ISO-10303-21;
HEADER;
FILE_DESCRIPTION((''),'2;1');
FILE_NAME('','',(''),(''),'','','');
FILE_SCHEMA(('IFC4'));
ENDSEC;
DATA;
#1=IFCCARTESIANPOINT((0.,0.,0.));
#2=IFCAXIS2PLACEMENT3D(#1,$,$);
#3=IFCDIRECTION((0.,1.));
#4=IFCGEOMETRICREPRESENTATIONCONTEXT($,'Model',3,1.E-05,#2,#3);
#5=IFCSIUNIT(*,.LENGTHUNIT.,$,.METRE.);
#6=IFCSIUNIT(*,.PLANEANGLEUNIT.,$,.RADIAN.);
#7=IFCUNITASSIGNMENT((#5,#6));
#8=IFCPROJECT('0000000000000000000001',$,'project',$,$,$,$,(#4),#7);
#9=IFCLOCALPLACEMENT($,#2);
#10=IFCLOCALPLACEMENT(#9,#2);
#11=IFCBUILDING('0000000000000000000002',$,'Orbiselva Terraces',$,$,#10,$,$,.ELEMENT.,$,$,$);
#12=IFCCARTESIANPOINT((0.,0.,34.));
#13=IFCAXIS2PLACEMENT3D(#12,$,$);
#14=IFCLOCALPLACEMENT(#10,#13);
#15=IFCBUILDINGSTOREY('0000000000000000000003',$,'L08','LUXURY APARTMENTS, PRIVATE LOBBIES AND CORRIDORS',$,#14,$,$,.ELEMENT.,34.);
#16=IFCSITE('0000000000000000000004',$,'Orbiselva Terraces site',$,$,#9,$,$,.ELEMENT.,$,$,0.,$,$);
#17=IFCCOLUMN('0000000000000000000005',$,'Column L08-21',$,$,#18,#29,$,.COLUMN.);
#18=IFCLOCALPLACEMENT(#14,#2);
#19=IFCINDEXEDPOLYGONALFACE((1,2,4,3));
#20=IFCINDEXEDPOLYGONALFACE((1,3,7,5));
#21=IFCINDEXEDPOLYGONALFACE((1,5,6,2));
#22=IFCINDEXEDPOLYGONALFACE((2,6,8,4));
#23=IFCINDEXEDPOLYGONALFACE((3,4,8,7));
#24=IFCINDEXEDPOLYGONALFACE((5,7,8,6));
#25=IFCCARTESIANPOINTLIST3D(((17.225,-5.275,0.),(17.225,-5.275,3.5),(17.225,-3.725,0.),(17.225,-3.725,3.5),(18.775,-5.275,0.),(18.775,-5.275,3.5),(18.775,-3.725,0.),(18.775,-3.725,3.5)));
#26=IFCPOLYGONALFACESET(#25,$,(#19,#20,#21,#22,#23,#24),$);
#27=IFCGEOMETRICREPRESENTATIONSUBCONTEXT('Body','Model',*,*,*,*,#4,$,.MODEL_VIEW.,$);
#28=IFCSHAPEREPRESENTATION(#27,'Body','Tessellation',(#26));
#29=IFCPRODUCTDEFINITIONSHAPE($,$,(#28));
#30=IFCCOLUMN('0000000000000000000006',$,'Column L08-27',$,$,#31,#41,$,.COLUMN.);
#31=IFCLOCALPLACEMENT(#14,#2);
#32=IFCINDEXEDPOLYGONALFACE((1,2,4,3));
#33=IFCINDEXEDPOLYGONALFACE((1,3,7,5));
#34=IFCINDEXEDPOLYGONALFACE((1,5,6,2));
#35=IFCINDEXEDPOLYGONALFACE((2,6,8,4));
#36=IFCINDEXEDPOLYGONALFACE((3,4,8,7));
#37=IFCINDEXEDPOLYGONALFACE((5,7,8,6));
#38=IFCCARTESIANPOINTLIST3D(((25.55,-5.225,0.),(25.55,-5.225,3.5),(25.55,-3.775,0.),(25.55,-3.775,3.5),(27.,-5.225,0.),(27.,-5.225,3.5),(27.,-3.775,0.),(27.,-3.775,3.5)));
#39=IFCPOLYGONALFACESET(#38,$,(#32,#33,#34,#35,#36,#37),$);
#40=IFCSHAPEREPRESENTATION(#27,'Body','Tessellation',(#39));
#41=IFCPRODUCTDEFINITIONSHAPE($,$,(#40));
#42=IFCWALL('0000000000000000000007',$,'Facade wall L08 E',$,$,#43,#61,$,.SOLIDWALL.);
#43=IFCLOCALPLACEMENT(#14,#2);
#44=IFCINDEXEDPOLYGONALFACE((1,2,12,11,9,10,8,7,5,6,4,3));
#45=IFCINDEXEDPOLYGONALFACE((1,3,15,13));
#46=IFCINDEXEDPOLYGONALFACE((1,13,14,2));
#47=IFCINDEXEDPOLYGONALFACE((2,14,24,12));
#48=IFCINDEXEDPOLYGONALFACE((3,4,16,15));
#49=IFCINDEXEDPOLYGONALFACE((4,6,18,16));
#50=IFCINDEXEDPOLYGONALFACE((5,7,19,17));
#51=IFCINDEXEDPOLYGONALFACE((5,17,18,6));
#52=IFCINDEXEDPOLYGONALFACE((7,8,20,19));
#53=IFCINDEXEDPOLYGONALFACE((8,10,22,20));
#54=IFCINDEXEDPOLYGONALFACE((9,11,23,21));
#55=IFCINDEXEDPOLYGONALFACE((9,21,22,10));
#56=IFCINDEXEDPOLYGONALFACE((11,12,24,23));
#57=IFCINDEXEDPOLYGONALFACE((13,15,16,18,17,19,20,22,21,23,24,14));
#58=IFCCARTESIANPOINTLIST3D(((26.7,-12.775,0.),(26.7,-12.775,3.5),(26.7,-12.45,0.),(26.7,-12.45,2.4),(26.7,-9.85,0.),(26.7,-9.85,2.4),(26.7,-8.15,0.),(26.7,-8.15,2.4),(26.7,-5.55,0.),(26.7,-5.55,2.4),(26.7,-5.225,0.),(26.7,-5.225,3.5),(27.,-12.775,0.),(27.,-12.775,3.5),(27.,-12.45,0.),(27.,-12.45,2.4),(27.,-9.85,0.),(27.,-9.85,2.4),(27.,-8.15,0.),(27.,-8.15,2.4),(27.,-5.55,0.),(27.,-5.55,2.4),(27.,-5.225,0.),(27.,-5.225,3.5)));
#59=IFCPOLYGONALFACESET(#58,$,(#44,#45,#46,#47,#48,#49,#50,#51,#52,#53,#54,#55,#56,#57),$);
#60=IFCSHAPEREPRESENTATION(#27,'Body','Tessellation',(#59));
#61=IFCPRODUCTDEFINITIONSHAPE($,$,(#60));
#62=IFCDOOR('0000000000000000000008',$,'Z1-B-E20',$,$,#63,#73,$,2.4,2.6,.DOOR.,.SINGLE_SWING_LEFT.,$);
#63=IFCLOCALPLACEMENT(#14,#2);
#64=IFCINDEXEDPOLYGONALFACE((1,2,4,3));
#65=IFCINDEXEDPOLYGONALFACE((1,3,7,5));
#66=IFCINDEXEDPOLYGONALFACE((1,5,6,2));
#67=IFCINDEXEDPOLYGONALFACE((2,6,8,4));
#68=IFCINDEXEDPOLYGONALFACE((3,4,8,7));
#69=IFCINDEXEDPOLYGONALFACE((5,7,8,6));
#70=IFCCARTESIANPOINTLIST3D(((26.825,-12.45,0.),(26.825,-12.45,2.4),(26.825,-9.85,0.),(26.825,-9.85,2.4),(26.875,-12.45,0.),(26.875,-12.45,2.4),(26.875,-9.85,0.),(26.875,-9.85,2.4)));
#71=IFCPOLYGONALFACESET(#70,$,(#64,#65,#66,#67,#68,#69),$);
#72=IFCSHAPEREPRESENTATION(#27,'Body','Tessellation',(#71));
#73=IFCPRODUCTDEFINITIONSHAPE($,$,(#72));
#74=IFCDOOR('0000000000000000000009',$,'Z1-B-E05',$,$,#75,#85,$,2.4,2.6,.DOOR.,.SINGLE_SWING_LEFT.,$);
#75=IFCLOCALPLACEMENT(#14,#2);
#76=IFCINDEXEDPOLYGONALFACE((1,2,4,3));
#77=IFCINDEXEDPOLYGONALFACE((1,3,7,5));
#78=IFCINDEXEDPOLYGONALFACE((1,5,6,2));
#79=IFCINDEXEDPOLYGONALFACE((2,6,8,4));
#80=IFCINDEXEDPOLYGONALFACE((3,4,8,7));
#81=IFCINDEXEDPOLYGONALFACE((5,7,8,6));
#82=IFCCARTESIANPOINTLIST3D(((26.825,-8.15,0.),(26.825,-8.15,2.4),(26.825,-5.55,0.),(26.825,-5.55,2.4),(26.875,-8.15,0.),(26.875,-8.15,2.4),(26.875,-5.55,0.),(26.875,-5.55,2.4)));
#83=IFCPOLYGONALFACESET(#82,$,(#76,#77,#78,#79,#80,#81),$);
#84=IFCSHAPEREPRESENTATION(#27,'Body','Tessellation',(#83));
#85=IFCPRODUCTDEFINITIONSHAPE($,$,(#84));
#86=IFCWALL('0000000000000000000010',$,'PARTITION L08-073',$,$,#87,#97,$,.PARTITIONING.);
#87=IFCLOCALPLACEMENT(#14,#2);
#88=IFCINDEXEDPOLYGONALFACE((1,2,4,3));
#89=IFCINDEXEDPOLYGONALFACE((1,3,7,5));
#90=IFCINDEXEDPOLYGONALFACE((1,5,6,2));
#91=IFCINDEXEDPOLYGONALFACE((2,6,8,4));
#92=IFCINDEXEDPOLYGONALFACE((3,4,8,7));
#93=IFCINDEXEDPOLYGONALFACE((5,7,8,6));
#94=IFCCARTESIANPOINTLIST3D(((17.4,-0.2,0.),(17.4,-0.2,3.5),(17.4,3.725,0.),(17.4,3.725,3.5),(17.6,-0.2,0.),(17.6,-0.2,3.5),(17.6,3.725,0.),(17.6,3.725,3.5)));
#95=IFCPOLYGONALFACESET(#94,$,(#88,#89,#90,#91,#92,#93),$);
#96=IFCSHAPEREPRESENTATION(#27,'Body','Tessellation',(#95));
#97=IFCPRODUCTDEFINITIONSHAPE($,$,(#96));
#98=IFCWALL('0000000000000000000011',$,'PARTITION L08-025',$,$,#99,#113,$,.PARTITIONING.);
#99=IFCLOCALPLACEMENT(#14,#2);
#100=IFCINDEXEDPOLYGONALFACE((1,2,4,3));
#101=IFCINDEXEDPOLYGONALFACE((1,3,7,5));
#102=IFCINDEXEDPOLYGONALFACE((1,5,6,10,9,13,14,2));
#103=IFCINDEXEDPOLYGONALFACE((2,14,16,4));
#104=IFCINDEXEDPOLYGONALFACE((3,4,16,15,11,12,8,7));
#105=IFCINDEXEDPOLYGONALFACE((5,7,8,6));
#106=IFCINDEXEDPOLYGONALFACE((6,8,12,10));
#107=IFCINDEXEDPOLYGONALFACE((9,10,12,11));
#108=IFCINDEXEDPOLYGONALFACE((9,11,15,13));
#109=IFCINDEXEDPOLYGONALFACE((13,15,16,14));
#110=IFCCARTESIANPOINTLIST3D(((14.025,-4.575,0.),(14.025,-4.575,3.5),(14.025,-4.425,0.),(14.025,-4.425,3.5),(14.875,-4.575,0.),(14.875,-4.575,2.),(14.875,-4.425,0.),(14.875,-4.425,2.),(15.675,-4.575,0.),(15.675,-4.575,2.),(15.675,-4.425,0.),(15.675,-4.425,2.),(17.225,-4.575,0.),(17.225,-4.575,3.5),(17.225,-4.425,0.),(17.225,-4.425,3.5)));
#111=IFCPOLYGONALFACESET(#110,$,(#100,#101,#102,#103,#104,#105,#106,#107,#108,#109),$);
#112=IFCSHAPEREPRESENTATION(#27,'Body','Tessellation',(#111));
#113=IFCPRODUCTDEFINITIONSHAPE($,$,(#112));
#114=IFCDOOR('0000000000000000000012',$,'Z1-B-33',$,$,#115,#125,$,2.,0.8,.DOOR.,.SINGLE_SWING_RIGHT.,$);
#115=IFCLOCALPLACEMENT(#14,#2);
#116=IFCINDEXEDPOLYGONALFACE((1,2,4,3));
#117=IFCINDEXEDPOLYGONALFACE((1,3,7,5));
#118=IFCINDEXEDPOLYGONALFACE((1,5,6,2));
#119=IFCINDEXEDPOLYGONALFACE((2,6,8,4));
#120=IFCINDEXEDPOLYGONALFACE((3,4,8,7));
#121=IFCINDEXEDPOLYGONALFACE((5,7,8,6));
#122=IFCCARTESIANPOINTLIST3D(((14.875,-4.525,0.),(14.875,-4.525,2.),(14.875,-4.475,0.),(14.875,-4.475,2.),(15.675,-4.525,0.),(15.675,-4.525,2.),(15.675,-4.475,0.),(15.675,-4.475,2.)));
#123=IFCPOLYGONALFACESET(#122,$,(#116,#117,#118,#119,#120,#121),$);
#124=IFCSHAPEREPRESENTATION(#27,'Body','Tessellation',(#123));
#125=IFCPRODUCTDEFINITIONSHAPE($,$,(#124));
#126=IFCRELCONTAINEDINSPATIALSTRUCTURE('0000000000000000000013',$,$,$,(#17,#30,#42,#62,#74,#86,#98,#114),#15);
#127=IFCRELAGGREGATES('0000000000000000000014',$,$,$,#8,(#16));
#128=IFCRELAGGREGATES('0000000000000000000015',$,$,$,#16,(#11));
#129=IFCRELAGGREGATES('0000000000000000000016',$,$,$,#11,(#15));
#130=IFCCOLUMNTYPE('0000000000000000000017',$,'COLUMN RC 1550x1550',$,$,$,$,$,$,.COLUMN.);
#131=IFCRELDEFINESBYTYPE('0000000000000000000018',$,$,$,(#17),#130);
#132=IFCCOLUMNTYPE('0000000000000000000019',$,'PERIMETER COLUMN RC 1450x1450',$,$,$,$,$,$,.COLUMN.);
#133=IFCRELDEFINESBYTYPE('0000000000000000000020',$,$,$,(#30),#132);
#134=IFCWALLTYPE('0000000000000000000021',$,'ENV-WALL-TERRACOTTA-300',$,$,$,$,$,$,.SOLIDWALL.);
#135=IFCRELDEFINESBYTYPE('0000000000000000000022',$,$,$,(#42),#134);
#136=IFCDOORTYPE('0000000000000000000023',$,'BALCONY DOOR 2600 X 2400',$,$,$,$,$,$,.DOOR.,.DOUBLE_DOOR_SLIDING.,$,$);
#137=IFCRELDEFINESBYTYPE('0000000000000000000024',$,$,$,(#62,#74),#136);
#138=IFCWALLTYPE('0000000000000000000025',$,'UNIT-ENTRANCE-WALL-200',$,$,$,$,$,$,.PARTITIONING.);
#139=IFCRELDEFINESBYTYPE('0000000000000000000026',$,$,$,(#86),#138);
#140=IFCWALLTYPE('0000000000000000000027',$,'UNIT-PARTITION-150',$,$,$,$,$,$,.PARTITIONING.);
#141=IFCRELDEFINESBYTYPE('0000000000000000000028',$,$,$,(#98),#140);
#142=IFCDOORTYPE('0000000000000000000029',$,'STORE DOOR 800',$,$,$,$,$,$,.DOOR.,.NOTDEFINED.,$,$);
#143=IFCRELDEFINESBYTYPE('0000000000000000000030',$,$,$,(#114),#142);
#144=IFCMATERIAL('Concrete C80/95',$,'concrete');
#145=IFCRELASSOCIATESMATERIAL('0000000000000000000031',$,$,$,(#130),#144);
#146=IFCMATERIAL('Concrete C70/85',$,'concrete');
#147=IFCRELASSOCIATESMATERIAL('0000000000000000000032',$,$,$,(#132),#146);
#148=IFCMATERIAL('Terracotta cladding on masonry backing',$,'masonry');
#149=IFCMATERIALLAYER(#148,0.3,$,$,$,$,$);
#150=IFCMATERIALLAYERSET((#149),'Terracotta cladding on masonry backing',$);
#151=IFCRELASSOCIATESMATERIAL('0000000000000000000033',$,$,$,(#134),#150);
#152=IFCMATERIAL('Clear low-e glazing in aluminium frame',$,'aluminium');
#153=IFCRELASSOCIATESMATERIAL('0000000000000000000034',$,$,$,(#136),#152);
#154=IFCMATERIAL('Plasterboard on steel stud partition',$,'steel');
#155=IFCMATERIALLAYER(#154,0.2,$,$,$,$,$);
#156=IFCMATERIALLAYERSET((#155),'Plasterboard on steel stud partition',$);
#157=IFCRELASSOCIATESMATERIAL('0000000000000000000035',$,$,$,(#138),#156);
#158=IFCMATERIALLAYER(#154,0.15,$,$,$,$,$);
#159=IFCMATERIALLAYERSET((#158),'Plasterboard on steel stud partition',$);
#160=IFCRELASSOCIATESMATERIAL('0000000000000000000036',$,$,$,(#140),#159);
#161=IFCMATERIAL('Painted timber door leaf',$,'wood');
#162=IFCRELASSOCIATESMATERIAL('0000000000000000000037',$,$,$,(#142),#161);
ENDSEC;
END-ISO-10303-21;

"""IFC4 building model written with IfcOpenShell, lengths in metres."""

from ifc_helpers import new_model, si_unit, direction, frame, frame_2d, origin, origin_2d, place, context, subcontext, project, spatial, rectangle, extrude, material, layer, layer_set, material_profile, profile_set, type_object, element, fill, save


model = new_model("IFC4")

# Units and contexts
model_context = context("Model", 3, precision=1e-05, world=origin(), true_north=direction((0.0, 1.0)))
body_context = subcontext(model_context, "Body", "Model", "MODEL_VIEW")
ifc_project = project(units=[si_unit("LENGTHUNIT", "METRE"), si_unit("PLANEANGLEUNIT", "RADIAN")], contexts=[model_context])

# Site, building, storey
site_placement = place(None, origin())
site = spatial("IfcSite", under=ifc_project, at=site_placement, Name="Orbiselva Terraces site", CompositionType="ELEMENT", RefElevation=0.0)
building_placement = place(site_placement, origin())
building = spatial("IfcBuilding", under=site, at=building_placement, Name="Orbiselva Terraces", CompositionType="ELEMENT")
storey_placement = place(building_placement, frame((0.0, 0.0, 34.0)))
storey = spatial("IfcBuildingStorey", under=building, at=storey_placement, Name="L08", Description="LUXURY APARTMENTS, PRIVATE LOBBIES AND CORRIDORS", CompositionType="ELEMENT", Elevation=34.0)

# Columns
ifc_material_1 = material(Name="Concrete C80/95", Category="concrete")
ifc_material_profile_1 = material_profile(ifc_material_1, rectangle(XDim=1.55, YDim=1.55, at=origin_2d()), Name="RC 1550x1550")
ifc_profile_set_1 = profile_set([ifc_material_profile_1], Name="Concrete C80/95")
column_type_1 = type_object("IfcColumnType", Name="COLUMN RC 1550x1550", PredefinedType="COLUMN", material=ifc_profile_set_1)
column_1_placement = place(storey_placement, frame((18.0, -4.5, 0.0), z_axis=(0.0, 0.0, 1.0), x_axis=(1.0, 0.0, 0.0)))
element("IfcColumn", 1, at=column_1_placement, inside=storey, type_object=column_type_1, Name="Column L08-21", PredefinedType="COLUMN", context=body_context, shape_type="SweptSolid", body=[
    extrude(rectangle(XDim=1.55, YDim=1.55, at=origin_2d()), origin(), (0.0, 0.0, 1.0), 3.5),
])
ifc_material_2 = material(Name="Concrete C70/85", Category="concrete")
ifc_material_profile_2 = material_profile(ifc_material_2, rectangle(XDim=1.45, YDim=1.45, at=origin_2d()), Name="RC 1450x1450")
ifc_profile_set_2 = profile_set([ifc_material_profile_2], Name="Concrete C70/85")
column_type_2 = type_object("IfcColumnType", Name="PERIMETER COLUMN RC 1450x1450", PredefinedType="COLUMN", material=ifc_profile_set_2)
column_2_placement = place(storey_placement, frame((26.275, -4.5, 0.0), z_axis=(0.0, 0.0, 1.0), x_axis=(1.0, 0.0, 0.0)))
element("IfcColumn", 2, at=column_2_placement, inside=storey, type_object=column_type_2, Name="Column L08-27", PredefinedType="COLUMN", context=body_context, shape_type="SweptSolid", body=[
    extrude(rectangle(XDim=1.45, YDim=1.45, at=origin_2d()), origin(), (0.0, 0.0, 1.0), 3.5),
])

# Wall, openings, doors
ifc_material_3 = material(Name="Terracotta cladding on masonry backing", Category="masonry")
ifc_layer_1 = layer(ifc_material_3, 0.3)
ifc_layer_set_1 = layer_set([ifc_layer_1], Name="Terracotta cladding on masonry backing")
wall_type_1 = type_object("IfcWallType", Name="ENV-WALL-TERRACOTTA-300", PredefinedType="SOLIDWALL", material=ifc_layer_set_1)
wall_1_placement = place(storey_placement, frame((26.85, -5.225, 0.0), z_axis=(0.0, 0.0, 1.0), x_axis=(0.0, -1.0, 0.0)))
wall_1 = element("IfcWall", 3, at=wall_1_placement, inside=storey, type_object=wall_type_1, Name="Facade wall L08 E", PredefinedType="SOLIDWALL", context=body_context, shape_type="SweptSolid", body=[
    extrude(rectangle(XDim=7.55, YDim=0.3, at=frame_2d((3.775, 0.0))), origin(), (0.0, 0.0, 1.0), 3.5),
])
opening_1_placement = place(wall_1_placement, frame((4.625, 0.0, 0.0)))
opening_1 = element("IfcOpeningElement", 4, at=opening_1_placement, cuts=wall_1, PredefinedType="OPENING", context=body_context, shape_type="SweptSolid", body=[
    extrude(rectangle(XDim=2.6, YDim=2.4, at=frame_2d((1.3, 1.2))), frame((0.0, 0.16, 0.0), z_axis=(0.0, -1.0, 0.0), x_axis=(1.0, 0.0, 0.0)), (0.0, 0.0, 1.0), 0.32),
])
opening_2_placement = place(wall_1_placement, frame((0.325, 0.0, 0.0)))
opening_2 = element("IfcOpeningElement", 5, at=opening_2_placement, cuts=wall_1, PredefinedType="OPENING", context=body_context, shape_type="SweptSolid", body=[
    extrude(rectangle(XDim=2.6, YDim=2.4, at=frame_2d((1.3, 1.2))), frame((0.0, 0.16, 0.0), z_axis=(0.0, -1.0, 0.0), x_axis=(1.0, 0.0, 0.0)), (0.0, 0.0, 1.0), 0.32),
])
ifc_material_4 = material(Name="Clear low-e glazing in aluminium frame", Category="aluminium")
door_type_1 = type_object("IfcDoorType", Name="BALCONY DOOR 2600 X 2400", OperationType="DOUBLE_DOOR_SLIDING", PredefinedType="DOOR", material=ifc_material_4)
door_1_placement = place(opening_1_placement, origin())
door_1 = element("IfcDoor", 6, at=door_1_placement, inside=storey, type_object=door_type_1, Name="Z1-B-E20", OperationType="SINGLE_SWING_LEFT", OverallHeight=2.4, OverallWidth=2.6, PredefinedType="DOOR", context=body_context, shape_type="SweptSolid", body=[
    extrude(rectangle(XDim=2.6, YDim=2.4, at=frame_2d((1.3, 1.2))), frame((0.0, 0.025, 0.0), z_axis=(0.0, -1.0, 0.0), x_axis=(1.0, 0.0, 0.0)), (0.0, 0.0, 1.0), 0.05),
])
fill(opening_1, door_1)
door_2_placement = place(opening_2_placement, origin())
door_2 = element("IfcDoor", 7, at=door_2_placement, inside=storey, type_object=door_type_1, Name="Z1-B-E05", OperationType="SINGLE_SWING_LEFT", OverallHeight=2.4, OverallWidth=2.6, PredefinedType="DOOR", context=body_context, shape_type="SweptSolid", body=[
    extrude(rectangle(XDim=2.6, YDim=2.4, at=frame_2d((1.3, 1.2))), frame((0.0, 0.025, 0.0), z_axis=(0.0, -1.0, 0.0), x_axis=(1.0, 0.0, 0.0)), (0.0, 0.0, 1.0), 0.05),
])
fill(opening_2, door_2)

# Wall
ifc_material_5 = material(Name="Plasterboard on steel stud partition", Category="steel")
ifc_layer_2 = layer(ifc_material_5, 0.2)
ifc_layer_set_2 = layer_set([ifc_layer_2], Name="Plasterboard on steel stud partition")
wall_type_2 = type_object("IfcWallType", Name="UNIT-ENTRANCE-WALL-200", PredefinedType="PARTITIONING", material=ifc_layer_set_2)
wall_2_placement = place(storey_placement, frame((17.5, -0.2, 0.0), z_axis=(0.0, 0.0, 1.0), x_axis=(0.0, 1.0, 0.0)))
element("IfcWall", 8, at=wall_2_placement, inside=storey, type_object=wall_type_2, Name="PARTITION L08-073", PredefinedType="PARTITIONING", context=body_context, shape_type="SweptSolid", body=[
    extrude(rectangle(XDim=3.925, YDim=0.2, at=frame_2d((1.9625, 0.0))), origin(), (0.0, 0.0, 1.0), 3.5),
])

# Wall, opening, door
ifc_layer_3 = layer(ifc_material_5, 0.15)
ifc_layer_set_3 = layer_set([ifc_layer_3], Name="Plasterboard on steel stud partition")
wall_type_3 = type_object("IfcWallType", Name="UNIT-PARTITION-150", PredefinedType="PARTITIONING", material=ifc_layer_set_3)
wall_3_placement = place(storey_placement, frame((17.225, -4.5, 0.0), z_axis=(0.0, 0.0, 1.0), x_axis=(-1.0, 0.0, 0.0)))
wall_3 = element("IfcWall", 9, at=wall_3_placement, inside=storey, type_object=wall_type_3, Name="PARTITION L08-025", PredefinedType="PARTITIONING", context=body_context, shape_type="SweptSolid", body=[
    extrude(rectangle(XDim=3.2, YDim=0.15, at=frame_2d((1.6, 0.0))), origin(), (0.0, 0.0, 1.0), 3.5),
])
opening_3_placement = place(wall_3_placement, frame((1.55, 0.0, 0.0)))
opening_3 = element("IfcOpeningElement", 10, at=opening_3_placement, cuts=wall_3, PredefinedType="OPENING", context=body_context, shape_type="SweptSolid", body=[
    extrude(rectangle(XDim=0.8, YDim=2.0, at=frame_2d((0.4, 1.0))), frame((0.0, 0.085, 0.0), z_axis=(0.0, -1.0, 0.0), x_axis=(1.0, 0.0, 0.0)), (0.0, 0.0, 1.0), 0.17),
])
ifc_material_6 = material(Name="Painted timber door leaf", Category="wood")
door_type_2 = type_object("IfcDoorType", Name="STORE DOOR 800", OperationType="NOTDEFINED", PredefinedType="DOOR", material=ifc_material_6)
door_3_placement = place(opening_3_placement, origin())
door_3 = element("IfcDoor", 11, at=door_3_placement, inside=storey, type_object=door_type_2, Name="Z1-B-33", OperationType="SINGLE_SWING_RIGHT", OverallHeight=2.0, OverallWidth=0.8, PredefinedType="DOOR", context=body_context, shape_type="SweptSolid", body=[
    extrude(rectangle(XDim=0.8, YDim=2.0, at=frame_2d((0.4, 1.0))), frame((0.0, 0.025, 0.0), z_axis=(0.0, -1.0, 0.0), x_axis=(1.0, 0.0, 0.0)), (0.0, 0.0, 1.0), 0.05),
])
fill(opening_3, door_3)

save(model, "model.ifc")
